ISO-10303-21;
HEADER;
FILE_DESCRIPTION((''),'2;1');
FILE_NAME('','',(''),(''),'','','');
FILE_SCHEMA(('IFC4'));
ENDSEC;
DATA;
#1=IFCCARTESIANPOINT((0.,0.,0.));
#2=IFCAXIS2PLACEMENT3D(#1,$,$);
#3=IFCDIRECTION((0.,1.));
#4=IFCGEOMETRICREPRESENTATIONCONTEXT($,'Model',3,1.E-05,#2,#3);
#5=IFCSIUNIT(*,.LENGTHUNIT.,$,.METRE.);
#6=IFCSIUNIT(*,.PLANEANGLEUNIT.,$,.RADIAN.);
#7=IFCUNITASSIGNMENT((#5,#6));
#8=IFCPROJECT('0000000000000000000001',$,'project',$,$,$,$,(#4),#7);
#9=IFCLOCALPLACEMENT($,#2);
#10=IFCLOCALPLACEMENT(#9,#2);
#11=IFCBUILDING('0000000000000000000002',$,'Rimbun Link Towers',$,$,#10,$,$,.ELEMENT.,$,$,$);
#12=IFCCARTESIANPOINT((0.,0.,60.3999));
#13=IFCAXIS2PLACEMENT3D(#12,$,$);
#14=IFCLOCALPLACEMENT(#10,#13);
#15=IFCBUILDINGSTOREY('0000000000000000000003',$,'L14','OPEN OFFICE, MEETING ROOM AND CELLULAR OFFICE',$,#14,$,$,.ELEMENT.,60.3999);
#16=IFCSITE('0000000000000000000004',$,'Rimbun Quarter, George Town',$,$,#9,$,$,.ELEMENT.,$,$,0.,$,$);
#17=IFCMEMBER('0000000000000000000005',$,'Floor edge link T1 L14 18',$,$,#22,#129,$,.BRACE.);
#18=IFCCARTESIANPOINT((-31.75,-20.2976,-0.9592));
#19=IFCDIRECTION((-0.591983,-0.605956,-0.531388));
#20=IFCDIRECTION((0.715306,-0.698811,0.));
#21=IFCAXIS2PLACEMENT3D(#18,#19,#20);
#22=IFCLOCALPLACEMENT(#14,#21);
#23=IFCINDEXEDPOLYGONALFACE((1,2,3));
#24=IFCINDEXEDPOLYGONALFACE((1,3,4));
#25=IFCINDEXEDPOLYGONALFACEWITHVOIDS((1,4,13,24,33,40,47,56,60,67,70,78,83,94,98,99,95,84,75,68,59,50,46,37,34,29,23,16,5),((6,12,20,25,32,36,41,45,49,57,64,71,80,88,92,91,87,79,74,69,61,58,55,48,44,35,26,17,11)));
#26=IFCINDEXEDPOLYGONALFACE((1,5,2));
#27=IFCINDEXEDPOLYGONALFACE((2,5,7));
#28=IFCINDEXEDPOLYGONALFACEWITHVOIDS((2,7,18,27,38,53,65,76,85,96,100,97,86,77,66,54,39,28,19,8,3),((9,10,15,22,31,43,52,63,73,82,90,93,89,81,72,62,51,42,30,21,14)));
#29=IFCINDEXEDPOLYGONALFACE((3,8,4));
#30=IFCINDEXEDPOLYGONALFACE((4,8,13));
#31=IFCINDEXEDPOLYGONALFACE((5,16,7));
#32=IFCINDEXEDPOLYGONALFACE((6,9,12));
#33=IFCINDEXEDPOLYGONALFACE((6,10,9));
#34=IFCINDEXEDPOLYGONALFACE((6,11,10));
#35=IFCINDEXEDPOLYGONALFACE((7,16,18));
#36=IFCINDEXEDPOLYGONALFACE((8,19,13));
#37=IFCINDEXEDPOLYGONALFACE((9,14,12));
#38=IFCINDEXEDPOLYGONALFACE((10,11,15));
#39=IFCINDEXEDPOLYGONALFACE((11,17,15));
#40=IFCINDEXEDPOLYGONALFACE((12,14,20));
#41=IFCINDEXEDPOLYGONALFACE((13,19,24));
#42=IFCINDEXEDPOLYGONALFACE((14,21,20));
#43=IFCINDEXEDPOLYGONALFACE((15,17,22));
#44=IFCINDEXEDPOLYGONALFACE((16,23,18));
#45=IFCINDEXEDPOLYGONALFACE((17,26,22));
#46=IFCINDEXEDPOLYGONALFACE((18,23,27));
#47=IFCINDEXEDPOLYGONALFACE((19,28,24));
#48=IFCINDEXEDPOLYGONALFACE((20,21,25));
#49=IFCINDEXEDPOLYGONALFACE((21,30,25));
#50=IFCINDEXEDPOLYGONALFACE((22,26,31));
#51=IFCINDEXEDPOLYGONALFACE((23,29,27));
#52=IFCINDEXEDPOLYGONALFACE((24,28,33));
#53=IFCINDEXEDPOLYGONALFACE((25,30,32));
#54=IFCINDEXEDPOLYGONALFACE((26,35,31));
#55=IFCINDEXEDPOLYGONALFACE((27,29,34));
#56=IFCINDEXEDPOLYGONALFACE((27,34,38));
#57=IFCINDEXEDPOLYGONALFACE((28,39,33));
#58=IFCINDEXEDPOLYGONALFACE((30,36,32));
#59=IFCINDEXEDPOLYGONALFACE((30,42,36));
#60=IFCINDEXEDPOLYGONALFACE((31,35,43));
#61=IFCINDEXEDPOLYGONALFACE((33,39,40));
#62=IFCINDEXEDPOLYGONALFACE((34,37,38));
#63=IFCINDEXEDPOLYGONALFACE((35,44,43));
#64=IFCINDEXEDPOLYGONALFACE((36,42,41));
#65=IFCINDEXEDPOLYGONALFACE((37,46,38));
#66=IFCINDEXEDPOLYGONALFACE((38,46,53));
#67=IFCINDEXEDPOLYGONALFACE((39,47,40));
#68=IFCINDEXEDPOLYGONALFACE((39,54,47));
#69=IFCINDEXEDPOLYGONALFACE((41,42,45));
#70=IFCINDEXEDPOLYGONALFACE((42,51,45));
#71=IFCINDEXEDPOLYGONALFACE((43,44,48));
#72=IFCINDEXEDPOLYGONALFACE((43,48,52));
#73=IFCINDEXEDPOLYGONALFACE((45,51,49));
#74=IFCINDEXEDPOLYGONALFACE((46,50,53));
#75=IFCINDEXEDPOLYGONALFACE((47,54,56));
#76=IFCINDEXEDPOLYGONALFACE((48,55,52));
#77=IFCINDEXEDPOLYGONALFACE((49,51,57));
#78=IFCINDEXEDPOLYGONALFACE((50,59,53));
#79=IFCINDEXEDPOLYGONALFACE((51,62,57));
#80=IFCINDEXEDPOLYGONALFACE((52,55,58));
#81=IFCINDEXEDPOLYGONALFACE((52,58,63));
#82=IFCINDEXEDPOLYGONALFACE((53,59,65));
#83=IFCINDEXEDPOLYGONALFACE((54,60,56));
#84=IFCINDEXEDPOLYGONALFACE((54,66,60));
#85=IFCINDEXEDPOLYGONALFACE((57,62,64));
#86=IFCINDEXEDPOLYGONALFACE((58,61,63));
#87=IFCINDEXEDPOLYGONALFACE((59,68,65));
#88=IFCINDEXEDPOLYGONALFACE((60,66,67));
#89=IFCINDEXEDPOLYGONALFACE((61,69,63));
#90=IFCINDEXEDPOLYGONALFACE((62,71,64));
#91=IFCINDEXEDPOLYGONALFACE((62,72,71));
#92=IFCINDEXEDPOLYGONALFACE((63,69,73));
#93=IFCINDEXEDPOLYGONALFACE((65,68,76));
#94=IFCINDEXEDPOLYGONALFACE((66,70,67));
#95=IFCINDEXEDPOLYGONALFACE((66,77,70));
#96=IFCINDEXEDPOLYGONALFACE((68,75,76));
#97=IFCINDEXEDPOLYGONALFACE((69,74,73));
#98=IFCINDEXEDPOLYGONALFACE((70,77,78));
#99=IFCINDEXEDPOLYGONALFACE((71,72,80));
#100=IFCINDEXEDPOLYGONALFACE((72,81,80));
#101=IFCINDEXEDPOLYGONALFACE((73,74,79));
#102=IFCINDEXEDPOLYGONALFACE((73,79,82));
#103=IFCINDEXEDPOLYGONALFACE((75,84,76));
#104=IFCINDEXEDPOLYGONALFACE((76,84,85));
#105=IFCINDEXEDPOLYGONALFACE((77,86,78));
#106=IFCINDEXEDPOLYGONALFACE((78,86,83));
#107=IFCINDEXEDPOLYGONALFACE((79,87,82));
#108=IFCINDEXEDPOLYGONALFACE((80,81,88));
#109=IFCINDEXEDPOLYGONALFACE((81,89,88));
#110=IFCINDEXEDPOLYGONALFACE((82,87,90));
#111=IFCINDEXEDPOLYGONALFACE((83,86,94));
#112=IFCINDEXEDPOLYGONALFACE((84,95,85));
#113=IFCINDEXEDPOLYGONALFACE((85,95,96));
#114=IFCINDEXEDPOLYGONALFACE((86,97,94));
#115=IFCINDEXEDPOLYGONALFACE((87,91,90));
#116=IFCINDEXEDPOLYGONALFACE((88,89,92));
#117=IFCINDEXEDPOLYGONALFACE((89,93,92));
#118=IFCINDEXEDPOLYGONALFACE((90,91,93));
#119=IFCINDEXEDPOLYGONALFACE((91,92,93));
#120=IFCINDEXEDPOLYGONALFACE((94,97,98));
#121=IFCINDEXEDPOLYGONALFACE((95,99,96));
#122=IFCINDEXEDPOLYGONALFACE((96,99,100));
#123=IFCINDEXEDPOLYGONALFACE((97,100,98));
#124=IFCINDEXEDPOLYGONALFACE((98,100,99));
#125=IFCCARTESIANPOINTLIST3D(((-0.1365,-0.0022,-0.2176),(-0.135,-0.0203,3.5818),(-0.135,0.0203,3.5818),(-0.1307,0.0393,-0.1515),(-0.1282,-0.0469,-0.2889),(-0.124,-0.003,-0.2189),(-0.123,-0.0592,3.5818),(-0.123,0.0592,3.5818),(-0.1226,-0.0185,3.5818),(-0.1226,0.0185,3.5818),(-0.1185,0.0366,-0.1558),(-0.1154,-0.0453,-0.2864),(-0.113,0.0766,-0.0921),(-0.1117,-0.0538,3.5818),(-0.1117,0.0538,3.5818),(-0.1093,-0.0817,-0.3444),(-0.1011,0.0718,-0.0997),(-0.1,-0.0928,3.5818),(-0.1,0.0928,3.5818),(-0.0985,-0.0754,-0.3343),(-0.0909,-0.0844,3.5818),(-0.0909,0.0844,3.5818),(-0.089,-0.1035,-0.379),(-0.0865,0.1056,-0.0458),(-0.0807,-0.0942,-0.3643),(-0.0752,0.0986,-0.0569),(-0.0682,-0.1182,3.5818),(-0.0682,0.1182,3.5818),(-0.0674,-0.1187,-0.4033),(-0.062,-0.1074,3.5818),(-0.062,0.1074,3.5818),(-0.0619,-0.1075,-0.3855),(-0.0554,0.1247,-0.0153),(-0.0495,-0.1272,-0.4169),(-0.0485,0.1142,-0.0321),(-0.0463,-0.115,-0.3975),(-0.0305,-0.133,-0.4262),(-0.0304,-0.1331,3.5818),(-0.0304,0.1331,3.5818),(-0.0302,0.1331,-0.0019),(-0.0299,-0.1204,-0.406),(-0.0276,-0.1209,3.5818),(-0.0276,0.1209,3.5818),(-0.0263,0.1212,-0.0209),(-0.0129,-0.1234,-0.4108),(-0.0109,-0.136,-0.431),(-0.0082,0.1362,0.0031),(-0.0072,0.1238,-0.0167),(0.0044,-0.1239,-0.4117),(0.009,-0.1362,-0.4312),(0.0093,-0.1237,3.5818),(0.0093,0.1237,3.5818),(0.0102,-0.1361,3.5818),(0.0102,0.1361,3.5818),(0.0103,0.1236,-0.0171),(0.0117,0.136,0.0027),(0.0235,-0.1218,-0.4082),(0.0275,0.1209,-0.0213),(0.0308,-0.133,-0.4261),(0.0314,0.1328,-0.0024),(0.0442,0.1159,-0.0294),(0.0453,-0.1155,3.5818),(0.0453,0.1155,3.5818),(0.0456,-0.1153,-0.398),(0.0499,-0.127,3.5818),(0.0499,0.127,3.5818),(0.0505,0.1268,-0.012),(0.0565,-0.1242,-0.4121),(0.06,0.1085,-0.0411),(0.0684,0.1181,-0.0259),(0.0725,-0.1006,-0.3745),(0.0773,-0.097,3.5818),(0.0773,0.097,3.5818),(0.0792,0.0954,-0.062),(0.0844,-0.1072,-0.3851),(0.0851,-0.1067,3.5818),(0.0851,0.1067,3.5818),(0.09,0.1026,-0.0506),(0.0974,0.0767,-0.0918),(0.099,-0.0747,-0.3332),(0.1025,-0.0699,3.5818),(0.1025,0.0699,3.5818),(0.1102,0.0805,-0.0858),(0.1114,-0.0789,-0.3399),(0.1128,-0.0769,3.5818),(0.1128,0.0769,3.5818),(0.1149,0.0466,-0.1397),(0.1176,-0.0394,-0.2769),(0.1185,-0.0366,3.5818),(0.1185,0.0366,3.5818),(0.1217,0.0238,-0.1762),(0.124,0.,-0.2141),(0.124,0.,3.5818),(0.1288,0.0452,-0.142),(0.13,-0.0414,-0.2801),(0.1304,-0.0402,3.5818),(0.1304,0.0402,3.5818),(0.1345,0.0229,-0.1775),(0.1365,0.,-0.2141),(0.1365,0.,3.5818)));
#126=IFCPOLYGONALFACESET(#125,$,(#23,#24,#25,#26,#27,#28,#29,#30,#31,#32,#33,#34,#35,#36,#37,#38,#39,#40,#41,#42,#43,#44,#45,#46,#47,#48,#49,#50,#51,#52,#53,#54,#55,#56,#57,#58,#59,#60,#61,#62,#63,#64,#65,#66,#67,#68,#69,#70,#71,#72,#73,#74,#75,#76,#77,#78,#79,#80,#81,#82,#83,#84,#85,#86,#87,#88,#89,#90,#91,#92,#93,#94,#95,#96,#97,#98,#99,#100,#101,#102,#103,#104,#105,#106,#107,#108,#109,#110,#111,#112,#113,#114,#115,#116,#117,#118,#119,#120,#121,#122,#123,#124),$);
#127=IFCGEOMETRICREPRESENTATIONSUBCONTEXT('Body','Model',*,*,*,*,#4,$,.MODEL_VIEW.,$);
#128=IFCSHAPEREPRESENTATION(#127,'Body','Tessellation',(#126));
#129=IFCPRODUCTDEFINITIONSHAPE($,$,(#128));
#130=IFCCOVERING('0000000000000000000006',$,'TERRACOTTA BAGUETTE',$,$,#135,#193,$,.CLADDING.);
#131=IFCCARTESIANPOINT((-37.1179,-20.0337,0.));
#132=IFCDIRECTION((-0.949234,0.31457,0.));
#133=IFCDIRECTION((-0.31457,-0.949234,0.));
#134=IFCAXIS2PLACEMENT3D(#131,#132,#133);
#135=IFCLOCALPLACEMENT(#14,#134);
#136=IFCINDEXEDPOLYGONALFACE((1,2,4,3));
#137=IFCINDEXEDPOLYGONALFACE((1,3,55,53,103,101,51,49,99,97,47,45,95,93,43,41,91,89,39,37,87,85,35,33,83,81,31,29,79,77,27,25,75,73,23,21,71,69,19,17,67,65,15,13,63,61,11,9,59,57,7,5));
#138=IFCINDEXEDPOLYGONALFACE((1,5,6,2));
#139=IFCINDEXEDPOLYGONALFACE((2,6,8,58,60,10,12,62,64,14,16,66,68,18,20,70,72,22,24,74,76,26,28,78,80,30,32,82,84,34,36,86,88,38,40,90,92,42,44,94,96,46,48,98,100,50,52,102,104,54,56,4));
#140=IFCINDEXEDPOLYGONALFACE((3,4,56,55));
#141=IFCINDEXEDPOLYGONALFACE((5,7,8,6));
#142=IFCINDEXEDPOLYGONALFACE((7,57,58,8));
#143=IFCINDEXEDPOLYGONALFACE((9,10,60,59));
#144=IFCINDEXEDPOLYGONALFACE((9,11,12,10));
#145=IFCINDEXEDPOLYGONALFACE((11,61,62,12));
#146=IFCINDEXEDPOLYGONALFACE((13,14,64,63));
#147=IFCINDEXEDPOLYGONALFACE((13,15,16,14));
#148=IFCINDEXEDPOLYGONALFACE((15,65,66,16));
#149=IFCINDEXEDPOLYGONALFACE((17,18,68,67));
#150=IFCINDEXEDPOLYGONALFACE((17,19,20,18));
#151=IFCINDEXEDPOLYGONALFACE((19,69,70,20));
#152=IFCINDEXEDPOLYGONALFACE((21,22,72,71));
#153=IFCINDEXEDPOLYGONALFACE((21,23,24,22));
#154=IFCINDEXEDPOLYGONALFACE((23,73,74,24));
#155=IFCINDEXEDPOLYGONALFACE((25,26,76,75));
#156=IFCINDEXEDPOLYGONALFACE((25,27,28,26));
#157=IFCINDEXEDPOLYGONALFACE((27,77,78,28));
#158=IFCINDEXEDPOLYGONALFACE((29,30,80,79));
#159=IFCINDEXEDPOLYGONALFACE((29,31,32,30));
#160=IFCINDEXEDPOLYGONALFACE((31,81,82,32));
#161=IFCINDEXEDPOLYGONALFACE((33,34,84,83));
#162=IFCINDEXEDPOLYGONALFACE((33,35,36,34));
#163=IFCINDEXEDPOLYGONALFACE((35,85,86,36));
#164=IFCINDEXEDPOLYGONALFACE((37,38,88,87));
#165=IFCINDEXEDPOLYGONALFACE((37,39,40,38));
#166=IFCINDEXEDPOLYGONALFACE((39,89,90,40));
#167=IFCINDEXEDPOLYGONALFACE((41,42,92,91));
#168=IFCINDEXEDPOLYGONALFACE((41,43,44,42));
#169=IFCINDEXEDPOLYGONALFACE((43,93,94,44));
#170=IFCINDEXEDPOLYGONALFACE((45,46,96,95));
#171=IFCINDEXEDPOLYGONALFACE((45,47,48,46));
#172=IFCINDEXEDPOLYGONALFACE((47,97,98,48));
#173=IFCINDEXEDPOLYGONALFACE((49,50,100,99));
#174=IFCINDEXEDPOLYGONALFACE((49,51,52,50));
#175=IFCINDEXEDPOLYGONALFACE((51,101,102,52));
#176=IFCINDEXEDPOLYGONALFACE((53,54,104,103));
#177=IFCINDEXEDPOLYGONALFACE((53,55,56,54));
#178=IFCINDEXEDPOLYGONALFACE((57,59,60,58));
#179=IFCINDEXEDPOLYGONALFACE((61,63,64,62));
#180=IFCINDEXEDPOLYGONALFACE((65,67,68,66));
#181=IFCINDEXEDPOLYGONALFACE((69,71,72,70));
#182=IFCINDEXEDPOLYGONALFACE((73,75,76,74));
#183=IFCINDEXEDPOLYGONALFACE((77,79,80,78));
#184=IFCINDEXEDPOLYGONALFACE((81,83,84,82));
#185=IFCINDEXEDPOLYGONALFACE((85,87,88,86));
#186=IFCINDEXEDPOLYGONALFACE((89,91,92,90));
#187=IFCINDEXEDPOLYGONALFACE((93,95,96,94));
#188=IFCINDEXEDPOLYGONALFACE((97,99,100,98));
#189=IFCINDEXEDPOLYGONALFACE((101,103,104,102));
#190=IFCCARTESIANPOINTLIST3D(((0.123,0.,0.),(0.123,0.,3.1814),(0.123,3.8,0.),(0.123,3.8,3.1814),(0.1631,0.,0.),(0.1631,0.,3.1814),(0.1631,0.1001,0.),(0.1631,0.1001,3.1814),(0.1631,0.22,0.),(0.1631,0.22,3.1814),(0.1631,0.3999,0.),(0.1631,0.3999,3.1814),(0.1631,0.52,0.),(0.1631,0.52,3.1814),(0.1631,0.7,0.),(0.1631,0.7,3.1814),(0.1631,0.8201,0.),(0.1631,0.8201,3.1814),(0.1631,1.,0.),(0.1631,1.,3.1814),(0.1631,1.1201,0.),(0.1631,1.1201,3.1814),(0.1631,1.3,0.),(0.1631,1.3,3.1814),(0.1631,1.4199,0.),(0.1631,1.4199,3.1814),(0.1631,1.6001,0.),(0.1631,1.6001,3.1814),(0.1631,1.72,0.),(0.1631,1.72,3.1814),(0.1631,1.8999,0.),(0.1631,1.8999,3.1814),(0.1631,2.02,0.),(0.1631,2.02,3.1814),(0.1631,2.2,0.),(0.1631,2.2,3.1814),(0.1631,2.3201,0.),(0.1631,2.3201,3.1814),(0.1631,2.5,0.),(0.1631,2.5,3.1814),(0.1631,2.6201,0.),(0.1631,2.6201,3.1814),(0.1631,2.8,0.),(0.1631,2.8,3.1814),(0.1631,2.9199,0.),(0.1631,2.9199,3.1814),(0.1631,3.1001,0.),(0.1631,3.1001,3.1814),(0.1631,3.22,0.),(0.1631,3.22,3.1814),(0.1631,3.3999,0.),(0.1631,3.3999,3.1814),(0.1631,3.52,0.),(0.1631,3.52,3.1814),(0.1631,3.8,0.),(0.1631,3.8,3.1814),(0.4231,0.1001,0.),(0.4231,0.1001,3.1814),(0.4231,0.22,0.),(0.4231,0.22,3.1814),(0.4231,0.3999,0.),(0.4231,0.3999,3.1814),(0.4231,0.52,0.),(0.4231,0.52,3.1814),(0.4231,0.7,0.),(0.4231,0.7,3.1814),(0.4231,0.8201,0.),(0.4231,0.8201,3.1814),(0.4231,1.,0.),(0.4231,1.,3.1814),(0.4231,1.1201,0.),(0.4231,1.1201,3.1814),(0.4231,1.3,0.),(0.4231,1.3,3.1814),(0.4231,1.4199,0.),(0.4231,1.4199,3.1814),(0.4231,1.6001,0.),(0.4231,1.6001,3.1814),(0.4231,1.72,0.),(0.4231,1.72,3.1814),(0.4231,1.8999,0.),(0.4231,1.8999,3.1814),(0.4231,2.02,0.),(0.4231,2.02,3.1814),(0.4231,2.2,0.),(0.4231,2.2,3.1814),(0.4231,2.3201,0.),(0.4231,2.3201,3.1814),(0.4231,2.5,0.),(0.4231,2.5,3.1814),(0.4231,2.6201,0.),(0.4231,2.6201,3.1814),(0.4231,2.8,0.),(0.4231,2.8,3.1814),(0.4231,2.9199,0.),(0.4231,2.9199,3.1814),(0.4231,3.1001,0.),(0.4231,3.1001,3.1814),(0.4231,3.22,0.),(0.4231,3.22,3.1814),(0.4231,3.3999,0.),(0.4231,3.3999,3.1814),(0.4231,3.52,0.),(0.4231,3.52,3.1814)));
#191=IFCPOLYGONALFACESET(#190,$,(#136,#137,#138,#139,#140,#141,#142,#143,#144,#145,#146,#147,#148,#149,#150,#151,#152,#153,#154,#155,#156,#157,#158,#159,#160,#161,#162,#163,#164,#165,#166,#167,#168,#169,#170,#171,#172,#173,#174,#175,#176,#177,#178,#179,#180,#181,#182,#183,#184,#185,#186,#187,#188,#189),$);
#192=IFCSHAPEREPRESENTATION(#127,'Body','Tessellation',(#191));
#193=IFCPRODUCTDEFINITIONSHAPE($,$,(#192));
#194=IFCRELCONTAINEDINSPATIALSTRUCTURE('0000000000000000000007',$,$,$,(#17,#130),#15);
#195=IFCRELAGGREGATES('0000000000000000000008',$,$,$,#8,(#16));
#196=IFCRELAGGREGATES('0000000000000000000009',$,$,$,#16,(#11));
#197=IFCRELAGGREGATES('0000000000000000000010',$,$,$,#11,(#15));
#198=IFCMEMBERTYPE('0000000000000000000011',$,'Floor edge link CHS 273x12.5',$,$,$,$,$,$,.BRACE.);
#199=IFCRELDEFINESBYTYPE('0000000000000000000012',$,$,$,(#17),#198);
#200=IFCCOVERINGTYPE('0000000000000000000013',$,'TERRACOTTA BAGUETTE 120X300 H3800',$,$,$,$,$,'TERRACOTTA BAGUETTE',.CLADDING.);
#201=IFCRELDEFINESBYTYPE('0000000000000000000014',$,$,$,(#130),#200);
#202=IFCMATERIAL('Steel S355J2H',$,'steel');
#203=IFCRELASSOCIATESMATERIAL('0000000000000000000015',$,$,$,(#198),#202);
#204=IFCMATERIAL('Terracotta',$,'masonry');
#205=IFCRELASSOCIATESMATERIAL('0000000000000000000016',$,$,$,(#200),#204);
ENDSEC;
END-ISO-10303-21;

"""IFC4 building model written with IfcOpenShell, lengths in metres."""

from ifc_helpers import new_model, si_unit, direction, frame, origin, origin_2d, place, context, subcontext, project, spatial, polyline, hollow_circle, outline, extrude, clip, halfspace, material, material_profile, profile_set, type_object, element, save


model = new_model("IFC4")

# Units and contexts
model_context = context("Model", 3, precision=1e-05, world=origin(), true_north=direction((0.0, 1.0)))
body_context = subcontext(model_context, "Body", "Model", "MODEL_VIEW")
ifc_project = project(units=[si_unit("LENGTHUNIT", "METRE"), si_unit("PLANEANGLEUNIT", "RADIAN")], contexts=[model_context])

# Site, building, storey
site_placement = place(None, origin())
site = spatial("IfcSite", under=ifc_project, at=site_placement, Name="Rimbun Quarter, George Town", CompositionType="ELEMENT", RefElevation=0.0)
building_placement = place(site_placement, origin())
building = spatial("IfcBuilding", under=site, at=building_placement, Name="Rimbun Link Towers", CompositionType="ELEMENT")
storey_placement = place(building_placement, frame((0.0, 0.0, 60.3999)))
storey = spatial("IfcBuildingStorey", under=building, at=storey_placement, Name="L14", Description="OPEN OFFICE, MEETING ROOM AND CELLULAR OFFICE", CompositionType="ELEMENT", Elevation=60.3999)

# Member
ifc_material_1 = material(Name="Steel S355J2H", Category="steel")
ifc_material_profile_1 = material_profile(ifc_material_1, hollow_circle(Radius=0.1365, WallThickness=0.0125, at=origin_2d()), Name="CHS 273x12.5")
ifc_profile_set_1 = profile_set([ifc_material_profile_1], Name="Steel S355J2H")
member_type_1 = type_object("IfcMemberType", Name="Floor edge link CHS 273x12.5", PredefinedType="BRACE", material=ifc_profile_set_1)
member_1_placement = place(storey_placement, frame((-31.75, -20.2976, -0.9592), z_axis=(-0.591983, -0.605956, -0.531388), x_axis=(0.715306, -0.698811, 0.0)))
element("IfcMember", 1, at=member_1_placement, inside=storey, type_object=member_type_1, Name="Floor edge link T1 L14 18", PredefinedType="BRACE", context=body_context, shape_type="Clipping", body=[
    clip(extrude(hollow_circle(Radius=0.1365, WallThickness=0.0125, at=origin_2d()), frame((0.0, 0.0, -0.4541)), (0.0, 0.0, 1.0), 4.0359), halfspace(frame((0.0, 0.0, -0.2141), z_axis=(0.0, 0.847129, -0.531388)), False)),
])

# Covering
ifc_material_2 = material(Name="Terracotta", Category="masonry")
ifc_material_profile_2 = material_profile(ifc_material_2, outline(polyline([(0.123, 0.0), (0.1631, 0.0), (0.1631, 0.1001), (0.4231, 0.1001), (0.4231, 0.22), (0.1631, 0.22), (0.1631, 0.3999), (0.4231, 0.3999), (0.4231, 0.52), (0.1631, 0.52), (0.1631, 0.7), (0.4231, 0.7), (0.4231, 0.8201), (0.1631, 0.8201), (0.1631, 1.0), (0.4231, 1.0), (0.4231, 1.1201), (0.1631, 1.1201), (0.1631, 1.3), (0.4231, 1.3), (0.4231, 1.4199), (0.1631, 1.4199), (0.1631, 1.6001), (0.4231, 1.6001), (0.4231, 1.72), (0.1631, 1.72), (0.1631, 1.8999), (0.4231, 1.8999), (0.4231, 2.02), (0.1631, 2.02), (0.1631, 2.2), (0.4231, 2.2), (0.4231, 2.3201), (0.1631, 2.3201), (0.1631, 2.5), (0.4231, 2.5), (0.4231, 2.6201), (0.1631, 2.6201), (0.1631, 2.8), (0.4231, 2.8), (0.4231, 2.9199), (0.1631, 2.9199), (0.1631, 3.1001), (0.4231, 3.1001), (0.4231, 3.22), (0.1631, 3.22), (0.1631, 3.3999), (0.4231, 3.3999), (0.4231, 3.52), (0.1631, 3.52), (0.1631, 3.8), (0.123, 3.8), (0.123, 0.0)])), Name="BAGUETTE 120X300")
ifc_profile_set_2 = profile_set([ifc_material_profile_2], Name="Terracotta")
covering_type = type_object("IfcCoveringType", Name="TERRACOTTA BAGUETTE 120X300 H3800", ElementType="TERRACOTTA BAGUETTE", PredefinedType="CLADDING", material=ifc_profile_set_2)
covering_1_placement = place(storey_placement, frame((-37.1179, -20.0337, 0.0), z_axis=(-0.949234, 0.31457, 0.0), x_axis=(-0.31457, -0.949234, 0.0)))
element("IfcCovering", 2, at=covering_1_placement, inside=storey, type_object=covering_type, Name="TERRACOTTA BAGUETTE", PredefinedType="CLADDING", context=body_context, shape_type="SweptSolid", body=[
    extrude(outline(polyline([(0.123, 0.0), (0.1631, 0.0), (0.1631, 0.1001), (0.4231, 0.1001), (0.4231, 0.22), (0.1631, 0.22), (0.1631, 0.3999), (0.4231, 0.3999), (0.4231, 0.52), (0.1631, 0.52), (0.1631, 0.7), (0.4231, 0.7), (0.4231, 0.8201), (0.1631, 0.8201), (0.1631, 1.0), (0.4231, 1.0), (0.4231, 1.1201), (0.1631, 1.1201), (0.1631, 1.3), (0.4231, 1.3), (0.4231, 1.4199), (0.1631, 1.4199), (0.1631, 1.6001), (0.4231, 1.6001), (0.4231, 1.72), (0.1631, 1.72), (0.1631, 1.8999), (0.4231, 1.8999), (0.4231, 2.02), (0.1631, 2.02), (0.1631, 2.2), (0.4231, 2.2), (0.4231, 2.3201), (0.1631, 2.3201), (0.1631, 2.5), (0.4231, 2.5), (0.4231, 2.6201), (0.1631, 2.6201), (0.1631, 2.8), (0.4231, 2.8), (0.4231, 2.9199), (0.1631, 2.9199), (0.1631, 3.1001), (0.4231, 3.1001), (0.4231, 3.22), (0.1631, 3.22), (0.1631, 3.3999), (0.4231, 3.3999), (0.4231, 3.52), (0.1631, 3.52), (0.1631, 3.8), (0.123, 3.8), (0.123, 0.0)])), origin(), (0.0, 0.0, 1.0), 3.1814),
])

save(model, "model.ifc")
